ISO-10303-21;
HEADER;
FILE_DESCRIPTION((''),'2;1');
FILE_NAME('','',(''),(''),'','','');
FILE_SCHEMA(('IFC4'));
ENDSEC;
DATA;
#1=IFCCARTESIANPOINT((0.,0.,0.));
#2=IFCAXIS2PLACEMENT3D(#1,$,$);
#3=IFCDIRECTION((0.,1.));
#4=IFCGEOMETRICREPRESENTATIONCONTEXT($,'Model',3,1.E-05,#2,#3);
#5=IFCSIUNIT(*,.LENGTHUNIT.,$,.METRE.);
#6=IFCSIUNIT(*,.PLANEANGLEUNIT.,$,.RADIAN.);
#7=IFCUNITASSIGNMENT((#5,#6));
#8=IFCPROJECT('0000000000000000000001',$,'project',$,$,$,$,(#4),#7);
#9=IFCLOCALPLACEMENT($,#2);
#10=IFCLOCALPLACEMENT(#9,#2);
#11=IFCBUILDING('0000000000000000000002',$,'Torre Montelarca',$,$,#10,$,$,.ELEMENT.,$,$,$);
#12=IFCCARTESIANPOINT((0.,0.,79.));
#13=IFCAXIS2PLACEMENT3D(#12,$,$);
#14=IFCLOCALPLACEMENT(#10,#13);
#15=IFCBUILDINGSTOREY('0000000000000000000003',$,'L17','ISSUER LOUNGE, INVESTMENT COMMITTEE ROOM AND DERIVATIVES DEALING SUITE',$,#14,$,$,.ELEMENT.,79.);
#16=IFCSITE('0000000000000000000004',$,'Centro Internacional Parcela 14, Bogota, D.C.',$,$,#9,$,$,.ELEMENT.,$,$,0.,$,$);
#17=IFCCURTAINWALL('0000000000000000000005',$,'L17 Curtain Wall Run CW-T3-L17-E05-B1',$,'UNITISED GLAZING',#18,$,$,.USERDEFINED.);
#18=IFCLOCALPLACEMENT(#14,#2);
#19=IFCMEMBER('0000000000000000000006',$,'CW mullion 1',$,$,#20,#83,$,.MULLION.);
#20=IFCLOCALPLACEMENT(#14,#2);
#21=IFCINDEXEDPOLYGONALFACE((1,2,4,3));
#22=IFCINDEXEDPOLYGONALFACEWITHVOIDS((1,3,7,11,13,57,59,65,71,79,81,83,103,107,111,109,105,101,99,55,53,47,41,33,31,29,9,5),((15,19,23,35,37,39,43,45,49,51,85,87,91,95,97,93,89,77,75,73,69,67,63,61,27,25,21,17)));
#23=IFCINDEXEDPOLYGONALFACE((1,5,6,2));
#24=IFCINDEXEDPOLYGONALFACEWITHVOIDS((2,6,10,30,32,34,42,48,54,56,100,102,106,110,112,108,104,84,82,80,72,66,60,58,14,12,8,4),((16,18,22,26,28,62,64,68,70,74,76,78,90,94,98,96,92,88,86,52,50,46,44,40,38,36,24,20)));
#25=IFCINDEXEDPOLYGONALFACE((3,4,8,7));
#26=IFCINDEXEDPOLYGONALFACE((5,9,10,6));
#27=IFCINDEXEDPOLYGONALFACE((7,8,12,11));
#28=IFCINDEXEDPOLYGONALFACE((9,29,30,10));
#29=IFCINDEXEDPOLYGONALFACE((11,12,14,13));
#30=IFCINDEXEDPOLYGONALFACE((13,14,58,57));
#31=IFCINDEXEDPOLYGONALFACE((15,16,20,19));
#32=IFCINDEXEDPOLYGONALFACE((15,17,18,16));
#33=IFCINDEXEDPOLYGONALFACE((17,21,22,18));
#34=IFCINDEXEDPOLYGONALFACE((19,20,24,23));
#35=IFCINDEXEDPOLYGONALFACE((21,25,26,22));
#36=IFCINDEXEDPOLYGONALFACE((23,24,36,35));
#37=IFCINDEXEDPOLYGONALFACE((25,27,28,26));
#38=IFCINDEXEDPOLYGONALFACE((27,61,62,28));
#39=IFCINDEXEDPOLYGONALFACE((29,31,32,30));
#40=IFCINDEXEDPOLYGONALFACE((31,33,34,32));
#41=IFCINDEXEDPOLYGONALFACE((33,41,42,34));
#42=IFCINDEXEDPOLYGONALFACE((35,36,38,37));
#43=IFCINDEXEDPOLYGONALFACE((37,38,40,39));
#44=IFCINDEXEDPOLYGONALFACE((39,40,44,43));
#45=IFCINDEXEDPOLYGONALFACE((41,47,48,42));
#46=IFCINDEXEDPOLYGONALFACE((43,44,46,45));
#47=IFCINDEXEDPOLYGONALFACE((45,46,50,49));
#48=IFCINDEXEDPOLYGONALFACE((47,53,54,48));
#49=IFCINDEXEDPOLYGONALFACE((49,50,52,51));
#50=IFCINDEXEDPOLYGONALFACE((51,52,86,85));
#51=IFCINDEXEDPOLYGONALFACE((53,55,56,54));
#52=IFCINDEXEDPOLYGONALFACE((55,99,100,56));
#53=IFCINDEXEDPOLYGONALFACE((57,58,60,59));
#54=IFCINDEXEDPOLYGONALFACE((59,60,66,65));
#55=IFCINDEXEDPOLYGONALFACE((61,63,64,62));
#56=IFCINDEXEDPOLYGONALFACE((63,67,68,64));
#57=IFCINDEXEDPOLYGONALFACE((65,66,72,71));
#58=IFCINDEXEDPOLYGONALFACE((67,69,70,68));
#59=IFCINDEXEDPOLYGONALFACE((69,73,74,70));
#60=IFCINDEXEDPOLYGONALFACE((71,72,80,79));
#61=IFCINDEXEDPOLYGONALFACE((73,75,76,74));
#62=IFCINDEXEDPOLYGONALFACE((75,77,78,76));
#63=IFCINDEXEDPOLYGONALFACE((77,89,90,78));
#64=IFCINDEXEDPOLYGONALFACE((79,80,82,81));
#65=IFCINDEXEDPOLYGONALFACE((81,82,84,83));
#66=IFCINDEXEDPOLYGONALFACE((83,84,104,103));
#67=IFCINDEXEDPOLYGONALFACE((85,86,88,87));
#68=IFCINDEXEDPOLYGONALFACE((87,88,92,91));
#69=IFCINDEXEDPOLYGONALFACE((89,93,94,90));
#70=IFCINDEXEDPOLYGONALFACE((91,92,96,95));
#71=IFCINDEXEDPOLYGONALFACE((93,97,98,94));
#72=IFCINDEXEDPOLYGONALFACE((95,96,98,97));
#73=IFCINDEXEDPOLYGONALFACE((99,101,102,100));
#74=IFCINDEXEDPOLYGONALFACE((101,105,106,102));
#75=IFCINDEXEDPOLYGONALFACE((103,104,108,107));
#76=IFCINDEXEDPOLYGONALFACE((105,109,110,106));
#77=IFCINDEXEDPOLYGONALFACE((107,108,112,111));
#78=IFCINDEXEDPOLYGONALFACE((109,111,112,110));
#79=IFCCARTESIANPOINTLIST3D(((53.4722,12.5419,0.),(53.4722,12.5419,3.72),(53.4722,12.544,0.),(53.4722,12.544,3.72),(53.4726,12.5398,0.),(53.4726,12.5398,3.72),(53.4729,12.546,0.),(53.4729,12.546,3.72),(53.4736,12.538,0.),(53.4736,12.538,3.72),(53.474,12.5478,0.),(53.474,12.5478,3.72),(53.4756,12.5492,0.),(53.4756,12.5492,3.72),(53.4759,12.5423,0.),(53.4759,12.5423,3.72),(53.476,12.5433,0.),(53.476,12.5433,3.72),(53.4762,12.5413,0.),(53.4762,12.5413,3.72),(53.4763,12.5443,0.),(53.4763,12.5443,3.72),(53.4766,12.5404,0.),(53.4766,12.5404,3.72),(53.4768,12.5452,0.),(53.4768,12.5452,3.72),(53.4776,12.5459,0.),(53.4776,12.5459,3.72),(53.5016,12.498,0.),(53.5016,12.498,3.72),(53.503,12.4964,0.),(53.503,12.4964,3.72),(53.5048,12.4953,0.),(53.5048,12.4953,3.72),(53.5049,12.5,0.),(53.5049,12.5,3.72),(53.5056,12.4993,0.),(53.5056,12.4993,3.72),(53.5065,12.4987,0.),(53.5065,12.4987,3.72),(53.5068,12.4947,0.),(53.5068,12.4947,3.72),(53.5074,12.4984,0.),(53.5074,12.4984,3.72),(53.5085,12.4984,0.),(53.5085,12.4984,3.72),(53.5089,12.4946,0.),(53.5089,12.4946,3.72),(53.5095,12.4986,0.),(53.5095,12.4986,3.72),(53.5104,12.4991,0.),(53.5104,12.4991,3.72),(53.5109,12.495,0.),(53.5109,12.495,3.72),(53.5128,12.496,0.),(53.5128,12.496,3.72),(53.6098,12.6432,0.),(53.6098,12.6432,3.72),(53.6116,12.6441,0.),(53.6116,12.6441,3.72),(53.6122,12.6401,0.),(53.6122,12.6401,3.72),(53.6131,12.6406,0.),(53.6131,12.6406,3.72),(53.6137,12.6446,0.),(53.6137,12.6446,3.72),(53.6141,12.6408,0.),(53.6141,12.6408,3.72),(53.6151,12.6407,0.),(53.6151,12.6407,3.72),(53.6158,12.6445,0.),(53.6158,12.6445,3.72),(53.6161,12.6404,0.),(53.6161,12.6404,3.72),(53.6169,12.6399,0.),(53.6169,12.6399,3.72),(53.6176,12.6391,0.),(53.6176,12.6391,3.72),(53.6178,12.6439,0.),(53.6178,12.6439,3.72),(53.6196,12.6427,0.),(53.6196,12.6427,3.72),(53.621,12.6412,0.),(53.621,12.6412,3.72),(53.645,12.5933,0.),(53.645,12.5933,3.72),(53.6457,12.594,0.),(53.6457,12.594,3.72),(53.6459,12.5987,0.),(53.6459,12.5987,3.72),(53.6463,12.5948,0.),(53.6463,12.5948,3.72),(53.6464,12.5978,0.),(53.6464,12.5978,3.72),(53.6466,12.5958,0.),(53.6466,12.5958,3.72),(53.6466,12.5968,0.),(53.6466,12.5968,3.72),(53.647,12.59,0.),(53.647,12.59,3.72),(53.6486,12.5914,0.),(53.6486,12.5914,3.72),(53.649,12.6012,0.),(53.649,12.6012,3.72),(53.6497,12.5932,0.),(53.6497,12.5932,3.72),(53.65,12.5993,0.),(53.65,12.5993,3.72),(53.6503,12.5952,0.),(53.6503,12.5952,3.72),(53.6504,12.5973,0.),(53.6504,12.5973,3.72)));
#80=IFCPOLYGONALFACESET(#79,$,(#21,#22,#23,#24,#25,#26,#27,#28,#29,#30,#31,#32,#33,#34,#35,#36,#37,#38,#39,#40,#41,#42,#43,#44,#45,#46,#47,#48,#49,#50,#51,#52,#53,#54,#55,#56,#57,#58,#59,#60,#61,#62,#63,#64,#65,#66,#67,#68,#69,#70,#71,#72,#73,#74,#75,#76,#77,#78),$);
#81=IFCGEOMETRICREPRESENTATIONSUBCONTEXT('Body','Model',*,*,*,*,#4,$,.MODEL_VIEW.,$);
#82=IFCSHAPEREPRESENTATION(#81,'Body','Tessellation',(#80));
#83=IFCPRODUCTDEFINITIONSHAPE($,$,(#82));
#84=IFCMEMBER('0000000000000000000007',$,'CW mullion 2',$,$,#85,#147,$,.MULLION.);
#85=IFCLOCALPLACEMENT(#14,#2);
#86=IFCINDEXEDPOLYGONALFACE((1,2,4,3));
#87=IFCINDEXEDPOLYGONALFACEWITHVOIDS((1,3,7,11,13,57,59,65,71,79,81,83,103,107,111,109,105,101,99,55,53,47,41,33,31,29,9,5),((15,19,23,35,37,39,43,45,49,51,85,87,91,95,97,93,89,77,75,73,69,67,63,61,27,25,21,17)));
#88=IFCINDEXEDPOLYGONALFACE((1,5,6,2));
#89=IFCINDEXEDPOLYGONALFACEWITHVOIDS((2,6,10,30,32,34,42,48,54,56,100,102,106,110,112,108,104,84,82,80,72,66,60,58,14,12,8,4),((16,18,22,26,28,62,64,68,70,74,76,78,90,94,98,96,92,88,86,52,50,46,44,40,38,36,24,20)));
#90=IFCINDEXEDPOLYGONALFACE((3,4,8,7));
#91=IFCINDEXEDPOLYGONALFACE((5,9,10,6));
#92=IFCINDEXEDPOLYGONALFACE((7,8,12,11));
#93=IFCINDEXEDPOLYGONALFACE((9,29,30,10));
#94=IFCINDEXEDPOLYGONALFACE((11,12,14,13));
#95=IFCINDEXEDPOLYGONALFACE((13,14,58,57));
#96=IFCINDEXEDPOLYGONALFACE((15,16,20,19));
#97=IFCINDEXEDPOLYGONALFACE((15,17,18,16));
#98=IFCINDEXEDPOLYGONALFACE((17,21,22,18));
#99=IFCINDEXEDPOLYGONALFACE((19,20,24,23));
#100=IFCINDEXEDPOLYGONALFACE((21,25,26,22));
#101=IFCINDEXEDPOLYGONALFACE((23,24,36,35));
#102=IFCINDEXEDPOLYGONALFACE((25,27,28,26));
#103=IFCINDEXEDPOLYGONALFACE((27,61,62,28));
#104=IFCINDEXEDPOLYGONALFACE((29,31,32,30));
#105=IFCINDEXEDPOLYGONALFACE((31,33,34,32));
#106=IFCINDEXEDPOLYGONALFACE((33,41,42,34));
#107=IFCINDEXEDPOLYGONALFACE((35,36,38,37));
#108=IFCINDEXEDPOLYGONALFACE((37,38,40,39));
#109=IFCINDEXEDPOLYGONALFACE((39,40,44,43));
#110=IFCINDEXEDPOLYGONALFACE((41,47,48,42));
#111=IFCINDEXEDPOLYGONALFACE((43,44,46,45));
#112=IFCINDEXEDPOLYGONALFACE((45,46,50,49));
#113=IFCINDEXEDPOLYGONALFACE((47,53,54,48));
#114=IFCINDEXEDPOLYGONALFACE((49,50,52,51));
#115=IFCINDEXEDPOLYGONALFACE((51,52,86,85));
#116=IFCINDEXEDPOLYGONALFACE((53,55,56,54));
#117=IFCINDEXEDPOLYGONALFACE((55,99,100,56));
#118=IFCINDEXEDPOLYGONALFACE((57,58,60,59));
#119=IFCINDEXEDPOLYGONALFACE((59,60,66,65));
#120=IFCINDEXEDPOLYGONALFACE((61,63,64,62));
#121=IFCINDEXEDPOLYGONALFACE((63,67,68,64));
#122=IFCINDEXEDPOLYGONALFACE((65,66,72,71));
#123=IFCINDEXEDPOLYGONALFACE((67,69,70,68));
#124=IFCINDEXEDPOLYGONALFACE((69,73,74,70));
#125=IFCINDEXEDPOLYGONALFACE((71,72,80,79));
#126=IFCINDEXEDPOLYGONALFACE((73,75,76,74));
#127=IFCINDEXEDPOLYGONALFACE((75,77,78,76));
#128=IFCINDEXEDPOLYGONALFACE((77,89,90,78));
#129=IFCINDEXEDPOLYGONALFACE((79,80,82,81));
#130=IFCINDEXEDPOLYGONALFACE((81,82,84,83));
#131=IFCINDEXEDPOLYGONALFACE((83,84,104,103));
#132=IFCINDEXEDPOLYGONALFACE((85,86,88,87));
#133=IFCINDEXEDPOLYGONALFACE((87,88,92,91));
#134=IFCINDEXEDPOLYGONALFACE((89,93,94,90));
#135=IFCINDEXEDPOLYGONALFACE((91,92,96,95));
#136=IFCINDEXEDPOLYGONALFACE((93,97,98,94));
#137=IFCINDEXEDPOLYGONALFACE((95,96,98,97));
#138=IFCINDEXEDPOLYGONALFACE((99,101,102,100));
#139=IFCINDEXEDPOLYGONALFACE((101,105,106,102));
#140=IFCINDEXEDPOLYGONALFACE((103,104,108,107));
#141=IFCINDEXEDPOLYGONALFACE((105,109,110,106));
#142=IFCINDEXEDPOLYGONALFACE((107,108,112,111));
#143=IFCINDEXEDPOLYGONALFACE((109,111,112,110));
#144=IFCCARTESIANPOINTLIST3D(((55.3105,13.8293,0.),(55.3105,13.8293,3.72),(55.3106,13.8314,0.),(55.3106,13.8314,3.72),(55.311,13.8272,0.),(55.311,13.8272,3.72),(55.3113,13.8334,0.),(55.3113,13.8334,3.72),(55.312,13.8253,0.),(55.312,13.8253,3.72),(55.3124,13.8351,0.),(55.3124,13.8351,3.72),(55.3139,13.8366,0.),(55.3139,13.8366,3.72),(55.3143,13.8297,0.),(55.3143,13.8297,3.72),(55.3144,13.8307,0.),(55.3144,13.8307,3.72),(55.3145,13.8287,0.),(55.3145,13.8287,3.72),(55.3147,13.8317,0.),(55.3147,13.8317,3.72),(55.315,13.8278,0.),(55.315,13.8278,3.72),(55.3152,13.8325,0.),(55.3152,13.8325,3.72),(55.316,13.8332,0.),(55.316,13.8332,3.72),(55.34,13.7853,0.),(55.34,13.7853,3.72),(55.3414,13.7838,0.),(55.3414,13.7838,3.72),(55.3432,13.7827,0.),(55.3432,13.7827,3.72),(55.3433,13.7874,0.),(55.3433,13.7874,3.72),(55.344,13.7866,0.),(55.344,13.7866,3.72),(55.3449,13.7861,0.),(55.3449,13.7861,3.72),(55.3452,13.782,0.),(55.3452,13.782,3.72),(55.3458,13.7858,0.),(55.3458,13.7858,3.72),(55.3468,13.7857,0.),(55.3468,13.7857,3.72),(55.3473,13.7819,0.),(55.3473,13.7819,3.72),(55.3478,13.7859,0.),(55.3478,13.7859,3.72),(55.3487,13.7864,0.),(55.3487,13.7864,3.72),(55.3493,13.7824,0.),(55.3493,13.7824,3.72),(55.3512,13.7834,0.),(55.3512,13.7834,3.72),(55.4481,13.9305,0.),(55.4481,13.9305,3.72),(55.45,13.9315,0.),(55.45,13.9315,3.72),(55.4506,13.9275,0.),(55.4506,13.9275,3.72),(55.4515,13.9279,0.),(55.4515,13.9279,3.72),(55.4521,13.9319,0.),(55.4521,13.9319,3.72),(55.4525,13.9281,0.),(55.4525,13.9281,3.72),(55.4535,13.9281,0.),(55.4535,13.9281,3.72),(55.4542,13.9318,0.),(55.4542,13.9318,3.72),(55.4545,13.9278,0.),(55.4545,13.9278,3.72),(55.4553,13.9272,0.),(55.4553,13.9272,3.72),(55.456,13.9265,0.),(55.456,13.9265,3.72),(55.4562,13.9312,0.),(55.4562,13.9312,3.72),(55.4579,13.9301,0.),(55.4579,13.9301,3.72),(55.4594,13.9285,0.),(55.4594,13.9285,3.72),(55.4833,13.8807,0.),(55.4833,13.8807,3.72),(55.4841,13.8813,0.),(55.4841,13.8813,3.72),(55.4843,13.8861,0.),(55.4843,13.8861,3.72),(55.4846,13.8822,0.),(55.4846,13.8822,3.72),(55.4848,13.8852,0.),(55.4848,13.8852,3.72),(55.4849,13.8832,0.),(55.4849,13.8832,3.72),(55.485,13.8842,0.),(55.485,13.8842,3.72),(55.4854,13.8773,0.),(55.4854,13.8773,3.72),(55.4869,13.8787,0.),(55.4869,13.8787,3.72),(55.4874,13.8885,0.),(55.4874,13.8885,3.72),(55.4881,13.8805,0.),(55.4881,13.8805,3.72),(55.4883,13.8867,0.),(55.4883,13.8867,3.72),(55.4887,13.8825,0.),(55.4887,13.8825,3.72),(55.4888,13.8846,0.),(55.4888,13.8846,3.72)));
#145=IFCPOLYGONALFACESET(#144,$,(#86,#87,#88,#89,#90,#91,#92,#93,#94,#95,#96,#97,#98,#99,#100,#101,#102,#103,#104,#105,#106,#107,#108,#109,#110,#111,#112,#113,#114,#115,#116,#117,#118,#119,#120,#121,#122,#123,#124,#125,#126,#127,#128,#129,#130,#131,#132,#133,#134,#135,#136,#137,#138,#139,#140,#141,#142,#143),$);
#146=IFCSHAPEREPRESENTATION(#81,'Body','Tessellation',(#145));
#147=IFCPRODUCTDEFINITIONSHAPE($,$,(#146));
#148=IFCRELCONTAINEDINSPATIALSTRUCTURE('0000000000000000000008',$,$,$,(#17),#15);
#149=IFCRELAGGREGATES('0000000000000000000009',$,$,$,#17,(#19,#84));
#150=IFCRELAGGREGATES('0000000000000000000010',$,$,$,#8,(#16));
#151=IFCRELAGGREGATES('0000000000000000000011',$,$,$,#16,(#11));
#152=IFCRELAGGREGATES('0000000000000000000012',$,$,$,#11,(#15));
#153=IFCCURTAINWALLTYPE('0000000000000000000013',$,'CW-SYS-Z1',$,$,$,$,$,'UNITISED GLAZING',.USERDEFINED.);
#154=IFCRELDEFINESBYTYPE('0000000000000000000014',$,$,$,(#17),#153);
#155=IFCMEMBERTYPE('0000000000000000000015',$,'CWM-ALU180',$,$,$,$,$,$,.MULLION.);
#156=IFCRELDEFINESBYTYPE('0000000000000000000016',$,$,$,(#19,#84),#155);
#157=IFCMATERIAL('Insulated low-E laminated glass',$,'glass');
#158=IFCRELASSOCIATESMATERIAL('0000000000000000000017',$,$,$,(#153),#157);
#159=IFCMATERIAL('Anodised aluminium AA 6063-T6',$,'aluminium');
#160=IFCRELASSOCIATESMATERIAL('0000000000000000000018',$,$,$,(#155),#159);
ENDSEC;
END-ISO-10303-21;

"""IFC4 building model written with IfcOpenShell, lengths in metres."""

from ifc_helpers import new_model, si_unit, direction, frame, origin, origin_2d, place, context, subcontext, project, spatial, hollow_rectangle, extrude, source, transform, mapped, material, material_profile, profile_set, type_object, element, aggregate, save


model = new_model("IFC4")

# Units and contexts
model_context = context("Model", 3, precision=1e-05, world=origin(), true_north=direction((0.0, 1.0)))
body_context = subcontext(model_context, "Body", "Model", "MODEL_VIEW")
ifc_project = project(units=[si_unit("LENGTHUNIT", "METRE"), si_unit("PLANEANGLEUNIT", "RADIAN")], contexts=[model_context])

# Site, building, storey
site_placement = place(None, origin())
site = spatial("IfcSite", under=ifc_project, at=site_placement, Name="Centro Internacional Parcela 14, Bogota, D.C.", CompositionType="ELEMENT", RefElevation=0.0)
building_placement = place(site_placement, origin())
building = spatial("IfcBuilding", under=site, at=building_placement, Name="Torre Montelarca", CompositionType="ELEMENT")
storey_placement = place(building_placement, frame((0.0, 0.0, 79.0)))
storey = spatial("IfcBuildingStorey", under=building, at=storey_placement, Name="L17", Description="ISSUER LOUNGE, INVESTMENT COMMITTEE ROOM AND DERIVATIVES DEALING SUITE", CompositionType="ELEMENT", Elevation=79.0)

# Shared definitions
ifc_material_1 = material(Name="Insulated low-E laminated glass", Category="glass")
curtain_wall_type = type_object("IfcCurtainWallType", Name="CW-SYS-Z1", ElementType="UNITISED GLAZING", PredefinedType="USERDEFINED", material=ifc_material_1)
ifc_material_2 = material(Name="Anodised aluminium AA 6063-T6", Category="aluminium")

# Shared definitions
ifc_material_profile_1 = material_profile(ifc_material_2, hollow_rectangle(XDim=0.0649, YDim=0.1799, WallThickness=0.0039, InnerFilletRadius=0.0039, OuterFilletRadius=0.0081, at=origin_2d()), Name="ALU65X180X4", Category="aluminium")
ifc_profile_set_1 = profile_set([ifc_material_profile_1], Name="Anodised aluminium AA 6063-T6")
member_type_1 = type_object("IfcMemberType", Name="CWM-ALU180", PredefinedType="MULLION", material=ifc_profile_set_1)
shared_shape_1 = source(origin(), body_context, "Body", "SweptSolid", [
    extrude(hollow_rectangle(XDim=0.0649, YDim=0.1799, WallThickness=0.0039, InnerFilletRadius=0.0039, OuterFilletRadius=0.0081, at=origin_2d()), origin(), (0.0, 0.0, 1.0), 3.72),
])

# Curtain wall, members
curtain_wall_1_placement = place(storey_placement, origin())
curtain_wall_1 = element("IfcCurtainWall", 1, at=curtain_wall_1_placement, inside=storey, type_object=curtain_wall_type, Name="L17 Curtain Wall Run CW-T3-L17-E05-B1", ObjectType="UNITISED GLAZING", PredefinedType="USERDEFINED")
member_1_placement = place(storey_placement, frame((53.5613, 12.5696, 0.0), z_axis=(0.0, 0.0, 1.0), x_axis=(-0.573555, 0.819167, 0.0)))
member_1 = element("IfcMember", 2, at=member_1_placement, type_object=member_type_1, Name="CW mullion 1", PredefinedType="MULLION", context=body_context, shape_type="MappedRepresentation", body=[
    mapped(shared_shape_1, transform((0.0, 0.0, 0.0), scale=1.0)),
])
member_2_placement = place(storey_placement, frame((55.3997, 13.8569, 0.0), z_axis=(0.0, 0.0, 1.0), x_axis=(-0.573555, 0.819167, 0.0)))
member_2 = element("IfcMember", 3, at=member_2_placement, type_object=member_type_1, Name="CW mullion 2", PredefinedType="MULLION", context=body_context, shape_type="MappedRepresentation", body=[
    mapped(shared_shape_1, transform((0.0, 0.0, 0.0), scale=1.0)),
])

aggregate(curtain_wall_1, [member_1, member_2])

save(model, "model.ifc")
